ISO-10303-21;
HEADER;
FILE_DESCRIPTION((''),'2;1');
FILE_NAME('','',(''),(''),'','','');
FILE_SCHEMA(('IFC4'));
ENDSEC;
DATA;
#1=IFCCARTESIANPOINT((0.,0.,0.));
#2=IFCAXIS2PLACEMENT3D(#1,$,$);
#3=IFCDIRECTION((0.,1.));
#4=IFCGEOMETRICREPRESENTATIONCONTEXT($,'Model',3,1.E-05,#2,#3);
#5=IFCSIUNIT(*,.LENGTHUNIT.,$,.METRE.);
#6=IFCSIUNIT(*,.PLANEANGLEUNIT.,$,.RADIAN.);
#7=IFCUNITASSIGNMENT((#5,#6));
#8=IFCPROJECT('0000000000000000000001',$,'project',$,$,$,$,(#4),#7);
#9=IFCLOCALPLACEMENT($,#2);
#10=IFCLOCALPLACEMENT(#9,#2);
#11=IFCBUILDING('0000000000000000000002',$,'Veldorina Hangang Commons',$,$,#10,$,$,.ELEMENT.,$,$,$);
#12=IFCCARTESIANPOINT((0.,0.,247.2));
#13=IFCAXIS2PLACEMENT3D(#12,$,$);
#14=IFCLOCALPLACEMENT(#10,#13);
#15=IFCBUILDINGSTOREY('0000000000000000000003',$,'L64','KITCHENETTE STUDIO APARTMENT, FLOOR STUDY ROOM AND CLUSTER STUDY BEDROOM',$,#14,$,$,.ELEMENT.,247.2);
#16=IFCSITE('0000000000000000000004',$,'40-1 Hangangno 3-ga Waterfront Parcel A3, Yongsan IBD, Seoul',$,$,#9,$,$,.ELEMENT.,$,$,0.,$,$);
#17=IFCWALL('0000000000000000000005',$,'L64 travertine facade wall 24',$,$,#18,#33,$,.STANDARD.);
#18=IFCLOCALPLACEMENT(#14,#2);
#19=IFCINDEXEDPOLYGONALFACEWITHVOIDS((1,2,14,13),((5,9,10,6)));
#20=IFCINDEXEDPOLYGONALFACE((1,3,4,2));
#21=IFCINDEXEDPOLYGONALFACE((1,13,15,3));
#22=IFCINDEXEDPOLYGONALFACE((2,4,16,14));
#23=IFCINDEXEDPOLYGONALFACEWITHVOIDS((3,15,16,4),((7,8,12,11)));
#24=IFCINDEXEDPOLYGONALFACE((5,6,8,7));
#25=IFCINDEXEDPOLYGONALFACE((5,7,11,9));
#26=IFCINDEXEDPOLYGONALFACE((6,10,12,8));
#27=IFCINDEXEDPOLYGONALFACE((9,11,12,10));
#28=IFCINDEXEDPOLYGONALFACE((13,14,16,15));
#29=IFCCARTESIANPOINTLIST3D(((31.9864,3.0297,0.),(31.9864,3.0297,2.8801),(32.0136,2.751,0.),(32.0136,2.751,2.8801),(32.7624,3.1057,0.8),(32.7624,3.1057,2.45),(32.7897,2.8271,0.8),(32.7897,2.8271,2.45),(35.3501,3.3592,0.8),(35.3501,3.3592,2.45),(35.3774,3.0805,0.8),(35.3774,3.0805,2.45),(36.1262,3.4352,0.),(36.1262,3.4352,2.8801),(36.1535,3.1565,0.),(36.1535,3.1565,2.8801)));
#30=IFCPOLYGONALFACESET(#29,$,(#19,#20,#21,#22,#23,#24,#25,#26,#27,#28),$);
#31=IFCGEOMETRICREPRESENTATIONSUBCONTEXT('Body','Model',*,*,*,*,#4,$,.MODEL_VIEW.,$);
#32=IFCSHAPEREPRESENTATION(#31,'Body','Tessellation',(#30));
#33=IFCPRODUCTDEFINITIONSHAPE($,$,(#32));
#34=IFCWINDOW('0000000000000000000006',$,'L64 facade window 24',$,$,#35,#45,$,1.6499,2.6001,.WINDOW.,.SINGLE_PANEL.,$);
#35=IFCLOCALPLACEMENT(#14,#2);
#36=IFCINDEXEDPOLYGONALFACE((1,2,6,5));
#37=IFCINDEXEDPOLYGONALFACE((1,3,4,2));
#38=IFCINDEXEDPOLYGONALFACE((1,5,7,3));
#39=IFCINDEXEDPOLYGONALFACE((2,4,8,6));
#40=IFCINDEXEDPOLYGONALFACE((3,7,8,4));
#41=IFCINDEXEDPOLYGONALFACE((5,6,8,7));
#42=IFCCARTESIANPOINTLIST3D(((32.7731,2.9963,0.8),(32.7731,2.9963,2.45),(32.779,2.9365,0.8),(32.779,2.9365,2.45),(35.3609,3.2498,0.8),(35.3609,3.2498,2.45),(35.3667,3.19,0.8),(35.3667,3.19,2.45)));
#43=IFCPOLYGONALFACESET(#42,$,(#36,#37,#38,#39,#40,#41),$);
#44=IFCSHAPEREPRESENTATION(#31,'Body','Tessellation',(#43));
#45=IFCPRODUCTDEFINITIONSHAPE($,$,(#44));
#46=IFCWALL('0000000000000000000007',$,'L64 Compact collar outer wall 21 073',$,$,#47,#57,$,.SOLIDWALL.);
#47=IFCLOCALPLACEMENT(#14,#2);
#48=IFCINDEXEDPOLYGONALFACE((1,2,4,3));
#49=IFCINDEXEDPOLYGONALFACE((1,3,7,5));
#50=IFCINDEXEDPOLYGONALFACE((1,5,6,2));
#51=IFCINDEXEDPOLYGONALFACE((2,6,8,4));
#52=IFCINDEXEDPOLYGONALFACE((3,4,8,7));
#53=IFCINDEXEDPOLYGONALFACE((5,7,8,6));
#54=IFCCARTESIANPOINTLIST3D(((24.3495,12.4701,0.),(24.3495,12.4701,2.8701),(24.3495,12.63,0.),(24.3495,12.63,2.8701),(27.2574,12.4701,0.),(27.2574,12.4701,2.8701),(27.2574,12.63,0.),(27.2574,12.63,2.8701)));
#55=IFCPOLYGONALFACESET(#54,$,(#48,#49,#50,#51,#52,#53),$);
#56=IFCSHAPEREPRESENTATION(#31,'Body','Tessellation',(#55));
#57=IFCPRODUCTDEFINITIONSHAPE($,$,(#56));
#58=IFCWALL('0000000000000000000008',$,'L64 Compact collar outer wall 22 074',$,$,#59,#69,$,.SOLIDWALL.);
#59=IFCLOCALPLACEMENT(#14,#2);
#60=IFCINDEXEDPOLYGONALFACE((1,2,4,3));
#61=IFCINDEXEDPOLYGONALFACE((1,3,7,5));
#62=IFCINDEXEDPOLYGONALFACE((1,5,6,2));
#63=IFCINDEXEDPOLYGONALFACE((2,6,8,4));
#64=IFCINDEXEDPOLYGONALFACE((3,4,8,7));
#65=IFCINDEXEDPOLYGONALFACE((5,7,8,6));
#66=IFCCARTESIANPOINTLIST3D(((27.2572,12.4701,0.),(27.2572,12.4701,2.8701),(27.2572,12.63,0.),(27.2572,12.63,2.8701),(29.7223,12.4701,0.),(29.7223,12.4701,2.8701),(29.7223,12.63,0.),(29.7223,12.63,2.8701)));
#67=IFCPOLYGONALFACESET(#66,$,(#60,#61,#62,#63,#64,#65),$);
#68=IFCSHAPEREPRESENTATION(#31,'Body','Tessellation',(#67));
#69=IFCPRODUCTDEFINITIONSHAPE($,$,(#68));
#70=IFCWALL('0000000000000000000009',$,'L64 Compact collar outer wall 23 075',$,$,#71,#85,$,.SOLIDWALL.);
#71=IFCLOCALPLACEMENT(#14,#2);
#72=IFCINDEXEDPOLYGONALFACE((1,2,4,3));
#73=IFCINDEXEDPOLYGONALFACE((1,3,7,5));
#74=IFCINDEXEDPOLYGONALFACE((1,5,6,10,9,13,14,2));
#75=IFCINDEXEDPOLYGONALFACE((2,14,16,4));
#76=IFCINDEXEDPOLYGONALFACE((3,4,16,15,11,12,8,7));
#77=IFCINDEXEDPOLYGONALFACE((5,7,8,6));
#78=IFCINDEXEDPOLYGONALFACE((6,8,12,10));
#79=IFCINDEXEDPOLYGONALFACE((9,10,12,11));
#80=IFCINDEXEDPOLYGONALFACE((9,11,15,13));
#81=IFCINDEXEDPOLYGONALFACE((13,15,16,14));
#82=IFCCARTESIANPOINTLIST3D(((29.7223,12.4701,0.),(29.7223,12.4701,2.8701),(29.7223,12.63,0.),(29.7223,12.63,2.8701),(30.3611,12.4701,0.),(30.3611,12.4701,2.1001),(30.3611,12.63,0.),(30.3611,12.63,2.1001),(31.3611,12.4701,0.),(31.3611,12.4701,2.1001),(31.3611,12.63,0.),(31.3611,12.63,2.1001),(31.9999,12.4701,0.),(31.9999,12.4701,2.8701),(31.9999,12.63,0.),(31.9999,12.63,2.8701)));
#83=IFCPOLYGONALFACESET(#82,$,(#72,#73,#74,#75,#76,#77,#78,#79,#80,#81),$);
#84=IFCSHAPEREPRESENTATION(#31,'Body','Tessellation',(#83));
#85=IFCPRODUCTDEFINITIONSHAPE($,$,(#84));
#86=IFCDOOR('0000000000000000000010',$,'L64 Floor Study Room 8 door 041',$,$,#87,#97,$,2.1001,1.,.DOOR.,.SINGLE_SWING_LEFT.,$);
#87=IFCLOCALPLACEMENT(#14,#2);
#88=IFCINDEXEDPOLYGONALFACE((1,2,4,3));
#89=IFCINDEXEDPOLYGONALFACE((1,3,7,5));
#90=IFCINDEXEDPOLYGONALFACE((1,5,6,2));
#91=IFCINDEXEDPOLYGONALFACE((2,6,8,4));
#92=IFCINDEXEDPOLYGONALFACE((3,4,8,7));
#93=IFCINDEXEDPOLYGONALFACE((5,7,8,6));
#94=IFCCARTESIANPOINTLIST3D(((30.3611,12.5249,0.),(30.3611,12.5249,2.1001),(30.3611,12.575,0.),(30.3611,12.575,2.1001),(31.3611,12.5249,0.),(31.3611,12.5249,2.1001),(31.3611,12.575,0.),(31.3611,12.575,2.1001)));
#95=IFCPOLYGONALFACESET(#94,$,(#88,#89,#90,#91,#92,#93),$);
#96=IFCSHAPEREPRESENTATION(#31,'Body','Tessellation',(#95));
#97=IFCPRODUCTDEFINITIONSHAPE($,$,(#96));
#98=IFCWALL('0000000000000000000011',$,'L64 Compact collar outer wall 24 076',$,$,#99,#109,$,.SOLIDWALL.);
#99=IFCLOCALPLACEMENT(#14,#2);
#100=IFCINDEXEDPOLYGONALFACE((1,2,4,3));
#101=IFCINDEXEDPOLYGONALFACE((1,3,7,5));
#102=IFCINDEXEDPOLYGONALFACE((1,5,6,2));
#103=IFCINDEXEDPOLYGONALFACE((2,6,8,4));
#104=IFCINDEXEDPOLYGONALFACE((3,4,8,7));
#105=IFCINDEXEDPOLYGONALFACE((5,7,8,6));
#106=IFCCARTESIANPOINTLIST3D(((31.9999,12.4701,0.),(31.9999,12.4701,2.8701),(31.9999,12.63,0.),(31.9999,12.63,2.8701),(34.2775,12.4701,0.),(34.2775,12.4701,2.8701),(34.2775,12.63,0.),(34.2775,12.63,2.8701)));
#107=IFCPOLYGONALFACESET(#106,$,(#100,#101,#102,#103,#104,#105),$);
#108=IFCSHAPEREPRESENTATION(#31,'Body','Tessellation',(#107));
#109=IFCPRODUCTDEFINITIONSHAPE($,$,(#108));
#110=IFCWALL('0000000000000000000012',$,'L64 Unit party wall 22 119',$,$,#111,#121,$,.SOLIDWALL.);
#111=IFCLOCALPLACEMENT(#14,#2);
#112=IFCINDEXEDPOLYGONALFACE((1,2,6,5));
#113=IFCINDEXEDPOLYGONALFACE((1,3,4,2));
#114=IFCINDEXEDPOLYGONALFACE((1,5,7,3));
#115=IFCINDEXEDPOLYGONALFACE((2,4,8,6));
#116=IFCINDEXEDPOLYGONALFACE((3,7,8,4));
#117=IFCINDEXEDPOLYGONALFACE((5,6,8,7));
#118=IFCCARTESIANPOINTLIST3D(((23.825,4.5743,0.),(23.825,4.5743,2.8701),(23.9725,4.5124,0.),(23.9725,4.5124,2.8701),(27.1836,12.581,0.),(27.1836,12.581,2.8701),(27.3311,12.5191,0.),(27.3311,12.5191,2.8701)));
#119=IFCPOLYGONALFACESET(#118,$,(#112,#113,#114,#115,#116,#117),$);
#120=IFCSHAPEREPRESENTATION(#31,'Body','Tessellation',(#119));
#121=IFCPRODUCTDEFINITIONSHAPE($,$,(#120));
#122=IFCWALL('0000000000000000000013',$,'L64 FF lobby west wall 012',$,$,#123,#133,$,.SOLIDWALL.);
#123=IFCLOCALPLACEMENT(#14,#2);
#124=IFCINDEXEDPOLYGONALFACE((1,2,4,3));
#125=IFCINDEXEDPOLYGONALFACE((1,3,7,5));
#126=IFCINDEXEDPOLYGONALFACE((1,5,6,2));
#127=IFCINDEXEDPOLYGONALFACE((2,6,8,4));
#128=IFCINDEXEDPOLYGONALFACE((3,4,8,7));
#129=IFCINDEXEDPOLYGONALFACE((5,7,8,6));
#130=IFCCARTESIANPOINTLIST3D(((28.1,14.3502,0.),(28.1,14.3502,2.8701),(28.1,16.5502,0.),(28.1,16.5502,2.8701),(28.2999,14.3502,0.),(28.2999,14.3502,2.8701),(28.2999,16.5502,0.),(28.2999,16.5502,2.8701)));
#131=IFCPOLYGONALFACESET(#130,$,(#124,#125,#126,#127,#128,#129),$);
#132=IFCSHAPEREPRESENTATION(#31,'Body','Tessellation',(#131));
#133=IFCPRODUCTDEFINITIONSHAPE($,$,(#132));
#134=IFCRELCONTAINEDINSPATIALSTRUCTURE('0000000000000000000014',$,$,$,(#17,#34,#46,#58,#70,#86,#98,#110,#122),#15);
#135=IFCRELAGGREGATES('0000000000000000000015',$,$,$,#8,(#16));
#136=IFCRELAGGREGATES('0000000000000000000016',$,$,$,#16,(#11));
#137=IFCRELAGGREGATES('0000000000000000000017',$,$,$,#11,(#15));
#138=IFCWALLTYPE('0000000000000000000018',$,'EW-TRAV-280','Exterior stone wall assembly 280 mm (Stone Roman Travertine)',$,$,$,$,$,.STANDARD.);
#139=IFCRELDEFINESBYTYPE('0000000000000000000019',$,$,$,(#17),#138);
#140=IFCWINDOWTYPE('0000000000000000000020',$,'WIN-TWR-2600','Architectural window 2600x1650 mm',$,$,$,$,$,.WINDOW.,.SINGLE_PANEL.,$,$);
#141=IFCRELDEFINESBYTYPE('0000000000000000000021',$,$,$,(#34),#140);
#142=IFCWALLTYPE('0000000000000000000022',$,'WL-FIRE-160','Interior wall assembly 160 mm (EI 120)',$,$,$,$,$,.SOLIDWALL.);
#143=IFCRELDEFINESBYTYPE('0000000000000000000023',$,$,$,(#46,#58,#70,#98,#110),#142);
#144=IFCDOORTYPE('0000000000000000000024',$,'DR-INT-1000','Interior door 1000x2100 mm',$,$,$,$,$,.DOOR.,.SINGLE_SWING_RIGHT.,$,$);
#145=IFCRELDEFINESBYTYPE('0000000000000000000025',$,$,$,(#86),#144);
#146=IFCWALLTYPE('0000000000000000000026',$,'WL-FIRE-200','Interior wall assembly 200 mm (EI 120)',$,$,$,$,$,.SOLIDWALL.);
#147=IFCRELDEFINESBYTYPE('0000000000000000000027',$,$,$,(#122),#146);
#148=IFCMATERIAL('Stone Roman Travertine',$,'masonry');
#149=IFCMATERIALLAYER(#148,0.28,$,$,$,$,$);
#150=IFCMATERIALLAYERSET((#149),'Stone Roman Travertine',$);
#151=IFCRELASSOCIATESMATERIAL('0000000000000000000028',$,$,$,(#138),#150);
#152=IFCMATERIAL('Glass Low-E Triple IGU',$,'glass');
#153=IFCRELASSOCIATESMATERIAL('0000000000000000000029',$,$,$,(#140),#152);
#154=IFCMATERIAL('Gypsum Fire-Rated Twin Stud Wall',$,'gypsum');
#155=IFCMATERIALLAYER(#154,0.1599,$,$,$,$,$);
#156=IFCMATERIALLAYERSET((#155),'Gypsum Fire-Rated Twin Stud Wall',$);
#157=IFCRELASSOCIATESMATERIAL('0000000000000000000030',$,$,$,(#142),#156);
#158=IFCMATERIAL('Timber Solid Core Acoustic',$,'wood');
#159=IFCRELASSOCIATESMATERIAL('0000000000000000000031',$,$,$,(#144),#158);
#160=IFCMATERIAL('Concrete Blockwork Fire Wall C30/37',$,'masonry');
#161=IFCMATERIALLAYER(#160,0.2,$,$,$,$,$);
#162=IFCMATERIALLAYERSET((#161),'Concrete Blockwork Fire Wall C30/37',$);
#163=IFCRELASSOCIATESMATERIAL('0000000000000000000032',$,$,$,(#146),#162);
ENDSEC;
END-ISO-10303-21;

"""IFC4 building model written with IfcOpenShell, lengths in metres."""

from ifc_helpers import new_model, si_unit, direction, frame, frame_2d, origin, place, context, subcontext, project, spatial, rectangle, extrude, material, layer, layer_set, type_object, element, fill, save


model = new_model("IFC4")

# Units and contexts
model_context = context("Model", 3, precision=1e-05, world=origin(), true_north=direction((0.0, 1.0)))
body_context = subcontext(model_context, "Body", "Model", "MODEL_VIEW")
ifc_project = project(units=[si_unit("LENGTHUNIT", "METRE"), si_unit("PLANEANGLEUNIT", "RADIAN")], contexts=[model_context])

# Site, building, storey
site_placement = place(None, origin())
site = spatial("IfcSite", under=ifc_project, at=site_placement, Name="40-1 Hangangno 3-ga Waterfront Parcel A3, Yongsan IBD, Seoul", CompositionType="ELEMENT", RefElevation=0.0)
building_placement = place(site_placement, origin())
building = spatial("IfcBuilding", under=site, at=building_placement, Name="Veldorina Hangang Commons", CompositionType="ELEMENT")
storey_placement = place(building_placement, frame((0.0, 0.0, 247.2)))
storey = spatial("IfcBuildingStorey", under=building, at=storey_placement, Name="L64", Description="KITCHENETTE STUDIO APARTMENT, FLOOR STUDY ROOM AND CLUSTER STUDY BEDROOM", CompositionType="ELEMENT", Elevation=247.2)

# Shared definitions
ifc_material_1 = material(Name="Stone Roman Travertine", Category="masonry")
ifc_layer_1 = layer(ifc_material_1, 0.28)
ifc_layer_set_1 = layer_set([ifc_layer_1], Name="Stone Roman Travertine")
wall_type_1 = type_object("IfcWallType", Name="EW-TRAV-280", Description="Exterior stone wall assembly 280 mm (Stone Roman Travertine)", PredefinedType="STANDARD", material=ifc_layer_set_1)

# Wall, opening, window
wall_1_placement = place(storey_placement, frame((32.0, 2.8904, 0.0), z_axis=(0.0, 0.0, 1.0), x_axis=(0.995237, 0.097487, 0.0)))
wall_1 = element("IfcWall", 1, at=wall_1_placement, inside=storey, type_object=wall_type_1, Name="L64 travertine facade wall 24", PredefinedType="STANDARD", context=body_context, shape_type="SweptSolid", body=[
    extrude(rectangle(XDim=4.1597, YDim=0.28, at=frame_2d((2.0798, 0.0))), origin(), (0.0, 0.0, 1.0), 2.8801),
])
opening_1_placement = place(wall_1_placement, frame((0.7798, 0.0, 0.8)))
opening_1 = element("IfcOpeningElement", 2, at=opening_1_placement, cuts=wall_1, PredefinedType="OPENING", context=body_context, shape_type="SweptSolid", body=[
    extrude(rectangle(XDim=2.6001, YDim=1.6499, at=frame_2d((1.3, 0.825))), frame((0.0, 0.1499, 0.0), z_axis=(0.0, -1.0, 0.0), x_axis=(1.0, 0.0, 0.0)), (0.0, 0.0, 1.0), 0.3),
])
ifc_material_2 = material(Name="Glass Low-E Triple IGU", Category="glass")
window_type = type_object("IfcWindowType", Name="WIN-TWR-2600", Description="Architectural window 2600x1650 mm", PartitioningType="SINGLE_PANEL", PredefinedType="WINDOW", material=ifc_material_2)
window_placement = place(opening_1_placement, origin())
window = element("IfcWindow", 3, at=window_placement, inside=storey, type_object=window_type, Name="L64 facade window 24", OverallHeight=1.6499, OverallWidth=2.6001, PartitioningType="SINGLE_PANEL", PredefinedType="WINDOW", context=body_context, shape_type="SweptSolid", body=[
    extrude(rectangle(XDim=2.6001, YDim=1.6499, at=frame_2d((1.3, 0.825))), frame((0.0, 0.03, 0.0), z_axis=(0.0, -1.0, 0.0), x_axis=(1.0, 0.0, 0.0)), (0.0, 0.0, 1.0), 0.0601),
])
fill(opening_1, window)

# Walls
ifc_material_3 = material(Name="Gypsum Fire-Rated Twin Stud Wall", Category="gypsum")
ifc_layer_2 = layer(ifc_material_3, 0.1599)
ifc_layer_set_2 = layer_set([ifc_layer_2], Name="Gypsum Fire-Rated Twin Stud Wall")
wall_type_2 = type_object("IfcWallType", Name="WL-FIRE-160", Description="Interior wall assembly 160 mm (EI 120)", PredefinedType="SOLIDWALL", material=ifc_layer_set_2)
wall_2_placement = place(storey_placement, frame((24.3494, 12.55, 0.0), z_axis=(0.0, 0.0, 1.0), x_axis=(1.0, 0.0, 0.0)))
element("IfcWall", 4, at=wall_2_placement, inside=storey, type_object=wall_type_2, Name="L64 Compact collar outer wall 21 073", PredefinedType="SOLIDWALL", context=body_context, shape_type="SweptSolid", body=[
    extrude(rectangle(XDim=2.908, YDim=0.1599, at=frame_2d((1.4541, 0.0))), origin(), (0.0, 0.0, 1.0), 2.8701),
])
wall_3_placement = place(storey_placement, frame((27.2573, 12.55, 0.0), z_axis=(0.0, 0.0, 1.0), x_axis=(1.0, 0.0, 0.0)))
element("IfcWall", 5, at=wall_3_placement, inside=storey, type_object=wall_type_2, Name="L64 Compact collar outer wall 22 074", PredefinedType="SOLIDWALL", context=body_context, shape_type="SweptSolid", body=[
    extrude(rectangle(XDim=2.4651, YDim=0.1599, at=frame_2d((1.2324, 0.0))), origin(), (0.0, 0.0, 1.0), 2.8701),
])

# Wall, opening, door
wall_4_placement = place(storey_placement, frame((29.7224, 12.55, 0.0), z_axis=(0.0, 0.0, 1.0), x_axis=(1.0, 0.0, 0.0)))
wall_4 = element("IfcWall", 6, at=wall_4_placement, inside=storey, type_object=wall_type_2, Name="L64 Compact collar outer wall 23 075", PredefinedType="SOLIDWALL", context=body_context, shape_type="SweptSolid", body=[
    extrude(rectangle(XDim=2.2776, YDim=0.1599, at=frame_2d((1.1387, 0.0))), origin(), (0.0, 0.0, 1.0), 2.8701),
])
opening_2_placement = place(wall_4_placement, frame((0.6387, 0.0, 0.0)))
opening_2 = element("IfcOpeningElement", 7, at=opening_2_placement, cuts=wall_4, PredefinedType="OPENING", context=body_context, shape_type="SweptSolid", body=[
    extrude(rectangle(XDim=1.0, YDim=2.1001, at=frame_2d((0.5, 1.05))), frame((0.0, 0.0898, 0.0), z_axis=(0.0, -1.0, 0.0), x_axis=(1.0, 0.0, 0.0)), (0.0, 0.0, 1.0), 0.1799),
])
ifc_material_4 = material(Name="Timber Solid Core Acoustic", Category="wood")
door_type = type_object("IfcDoorType", Name="DR-INT-1000", Description="Interior door 1000x2100 mm", OperationType="SINGLE_SWING_RIGHT", PredefinedType="DOOR", material=ifc_material_4)
door_placement = place(opening_2_placement, origin())
door = element("IfcDoor", 8, at=door_placement, inside=storey, type_object=door_type, Name="L64 Floor Study Room 8 door 041", OperationType="SINGLE_SWING_LEFT", OverallHeight=2.1001, OverallWidth=1.0, PredefinedType="DOOR", context=body_context, shape_type="SweptSolid", body=[
    extrude(rectangle(XDim=1.0, YDim=2.1001, at=frame_2d((0.5, 1.05))), frame((0.0, 0.0249, 0.0), z_axis=(0.0, -1.0, 0.0), x_axis=(1.0, 0.0, 0.0)), (0.0, 0.0, 1.0), 0.05),
])
fill(opening_2, door)

# Walls
wall_5_placement = place(storey_placement, frame((32.0, 12.55, 0.0), z_axis=(0.0, 0.0, 1.0), x_axis=(1.0, 0.0, 0.0)))
element("IfcWall", 9, at=wall_5_placement, inside=storey, type_object=wall_type_2, Name="L64 Compact collar outer wall 24 076", PredefinedType="SOLIDWALL", context=body_context, shape_type="SweptSolid", body=[
    extrude(rectangle(XDim=2.2776, YDim=0.1599, at=frame_2d((1.1387, 0.0))), origin(), (0.0, 0.0, 1.0), 2.8701),
])
wall_6_placement = place(storey_placement, frame((27.2573, 12.55, 0.0), z_axis=(0.0, 0.0, 1.0), x_axis=(-0.386818, -0.922156, 0.0)))
element("IfcWall", 10, at=wall_6_placement, inside=storey, type_object=wall_type_2, Name="L64 Unit party wall 22 119", PredefinedType="SOLIDWALL", context=body_context, shape_type="SweptSolid", body=[
    extrude(rectangle(XDim=8.6826, YDim=0.1599, at=frame_2d((4.3413, 0.0))), origin(), (0.0, 0.0, 1.0), 2.8701),
])
ifc_material_5 = material(Name="Concrete Blockwork Fire Wall C30/37", Category="masonry")
ifc_layer_3 = layer(ifc_material_5, 0.2)
ifc_layer_set_3 = layer_set([ifc_layer_3], Name="Concrete Blockwork Fire Wall C30/37")
wall_type_3 = type_object("IfcWallType", Name="WL-FIRE-200", Description="Interior wall assembly 200 mm (EI 120)", PredefinedType="SOLIDWALL", material=ifc_layer_set_3)
wall_7_placement = place(storey_placement, frame((28.2, 14.3501, 0.0), z_axis=(0.0, 0.0, 1.0), x_axis=(0.0, 1.0, 0.0)))
element("IfcWall", 11, at=wall_7_placement, inside=storey, type_object=wall_type_3, Name="L64 FF lobby west wall 012", PredefinedType="SOLIDWALL", context=body_context, shape_type="SweptSolid", body=[
    extrude(rectangle(XDim=2.2, YDim=0.2, at=frame_2d((1.1001, 0.0))), origin(), (0.0, 0.0, 1.0), 2.8701),
])

save(model, "model.ifc")
